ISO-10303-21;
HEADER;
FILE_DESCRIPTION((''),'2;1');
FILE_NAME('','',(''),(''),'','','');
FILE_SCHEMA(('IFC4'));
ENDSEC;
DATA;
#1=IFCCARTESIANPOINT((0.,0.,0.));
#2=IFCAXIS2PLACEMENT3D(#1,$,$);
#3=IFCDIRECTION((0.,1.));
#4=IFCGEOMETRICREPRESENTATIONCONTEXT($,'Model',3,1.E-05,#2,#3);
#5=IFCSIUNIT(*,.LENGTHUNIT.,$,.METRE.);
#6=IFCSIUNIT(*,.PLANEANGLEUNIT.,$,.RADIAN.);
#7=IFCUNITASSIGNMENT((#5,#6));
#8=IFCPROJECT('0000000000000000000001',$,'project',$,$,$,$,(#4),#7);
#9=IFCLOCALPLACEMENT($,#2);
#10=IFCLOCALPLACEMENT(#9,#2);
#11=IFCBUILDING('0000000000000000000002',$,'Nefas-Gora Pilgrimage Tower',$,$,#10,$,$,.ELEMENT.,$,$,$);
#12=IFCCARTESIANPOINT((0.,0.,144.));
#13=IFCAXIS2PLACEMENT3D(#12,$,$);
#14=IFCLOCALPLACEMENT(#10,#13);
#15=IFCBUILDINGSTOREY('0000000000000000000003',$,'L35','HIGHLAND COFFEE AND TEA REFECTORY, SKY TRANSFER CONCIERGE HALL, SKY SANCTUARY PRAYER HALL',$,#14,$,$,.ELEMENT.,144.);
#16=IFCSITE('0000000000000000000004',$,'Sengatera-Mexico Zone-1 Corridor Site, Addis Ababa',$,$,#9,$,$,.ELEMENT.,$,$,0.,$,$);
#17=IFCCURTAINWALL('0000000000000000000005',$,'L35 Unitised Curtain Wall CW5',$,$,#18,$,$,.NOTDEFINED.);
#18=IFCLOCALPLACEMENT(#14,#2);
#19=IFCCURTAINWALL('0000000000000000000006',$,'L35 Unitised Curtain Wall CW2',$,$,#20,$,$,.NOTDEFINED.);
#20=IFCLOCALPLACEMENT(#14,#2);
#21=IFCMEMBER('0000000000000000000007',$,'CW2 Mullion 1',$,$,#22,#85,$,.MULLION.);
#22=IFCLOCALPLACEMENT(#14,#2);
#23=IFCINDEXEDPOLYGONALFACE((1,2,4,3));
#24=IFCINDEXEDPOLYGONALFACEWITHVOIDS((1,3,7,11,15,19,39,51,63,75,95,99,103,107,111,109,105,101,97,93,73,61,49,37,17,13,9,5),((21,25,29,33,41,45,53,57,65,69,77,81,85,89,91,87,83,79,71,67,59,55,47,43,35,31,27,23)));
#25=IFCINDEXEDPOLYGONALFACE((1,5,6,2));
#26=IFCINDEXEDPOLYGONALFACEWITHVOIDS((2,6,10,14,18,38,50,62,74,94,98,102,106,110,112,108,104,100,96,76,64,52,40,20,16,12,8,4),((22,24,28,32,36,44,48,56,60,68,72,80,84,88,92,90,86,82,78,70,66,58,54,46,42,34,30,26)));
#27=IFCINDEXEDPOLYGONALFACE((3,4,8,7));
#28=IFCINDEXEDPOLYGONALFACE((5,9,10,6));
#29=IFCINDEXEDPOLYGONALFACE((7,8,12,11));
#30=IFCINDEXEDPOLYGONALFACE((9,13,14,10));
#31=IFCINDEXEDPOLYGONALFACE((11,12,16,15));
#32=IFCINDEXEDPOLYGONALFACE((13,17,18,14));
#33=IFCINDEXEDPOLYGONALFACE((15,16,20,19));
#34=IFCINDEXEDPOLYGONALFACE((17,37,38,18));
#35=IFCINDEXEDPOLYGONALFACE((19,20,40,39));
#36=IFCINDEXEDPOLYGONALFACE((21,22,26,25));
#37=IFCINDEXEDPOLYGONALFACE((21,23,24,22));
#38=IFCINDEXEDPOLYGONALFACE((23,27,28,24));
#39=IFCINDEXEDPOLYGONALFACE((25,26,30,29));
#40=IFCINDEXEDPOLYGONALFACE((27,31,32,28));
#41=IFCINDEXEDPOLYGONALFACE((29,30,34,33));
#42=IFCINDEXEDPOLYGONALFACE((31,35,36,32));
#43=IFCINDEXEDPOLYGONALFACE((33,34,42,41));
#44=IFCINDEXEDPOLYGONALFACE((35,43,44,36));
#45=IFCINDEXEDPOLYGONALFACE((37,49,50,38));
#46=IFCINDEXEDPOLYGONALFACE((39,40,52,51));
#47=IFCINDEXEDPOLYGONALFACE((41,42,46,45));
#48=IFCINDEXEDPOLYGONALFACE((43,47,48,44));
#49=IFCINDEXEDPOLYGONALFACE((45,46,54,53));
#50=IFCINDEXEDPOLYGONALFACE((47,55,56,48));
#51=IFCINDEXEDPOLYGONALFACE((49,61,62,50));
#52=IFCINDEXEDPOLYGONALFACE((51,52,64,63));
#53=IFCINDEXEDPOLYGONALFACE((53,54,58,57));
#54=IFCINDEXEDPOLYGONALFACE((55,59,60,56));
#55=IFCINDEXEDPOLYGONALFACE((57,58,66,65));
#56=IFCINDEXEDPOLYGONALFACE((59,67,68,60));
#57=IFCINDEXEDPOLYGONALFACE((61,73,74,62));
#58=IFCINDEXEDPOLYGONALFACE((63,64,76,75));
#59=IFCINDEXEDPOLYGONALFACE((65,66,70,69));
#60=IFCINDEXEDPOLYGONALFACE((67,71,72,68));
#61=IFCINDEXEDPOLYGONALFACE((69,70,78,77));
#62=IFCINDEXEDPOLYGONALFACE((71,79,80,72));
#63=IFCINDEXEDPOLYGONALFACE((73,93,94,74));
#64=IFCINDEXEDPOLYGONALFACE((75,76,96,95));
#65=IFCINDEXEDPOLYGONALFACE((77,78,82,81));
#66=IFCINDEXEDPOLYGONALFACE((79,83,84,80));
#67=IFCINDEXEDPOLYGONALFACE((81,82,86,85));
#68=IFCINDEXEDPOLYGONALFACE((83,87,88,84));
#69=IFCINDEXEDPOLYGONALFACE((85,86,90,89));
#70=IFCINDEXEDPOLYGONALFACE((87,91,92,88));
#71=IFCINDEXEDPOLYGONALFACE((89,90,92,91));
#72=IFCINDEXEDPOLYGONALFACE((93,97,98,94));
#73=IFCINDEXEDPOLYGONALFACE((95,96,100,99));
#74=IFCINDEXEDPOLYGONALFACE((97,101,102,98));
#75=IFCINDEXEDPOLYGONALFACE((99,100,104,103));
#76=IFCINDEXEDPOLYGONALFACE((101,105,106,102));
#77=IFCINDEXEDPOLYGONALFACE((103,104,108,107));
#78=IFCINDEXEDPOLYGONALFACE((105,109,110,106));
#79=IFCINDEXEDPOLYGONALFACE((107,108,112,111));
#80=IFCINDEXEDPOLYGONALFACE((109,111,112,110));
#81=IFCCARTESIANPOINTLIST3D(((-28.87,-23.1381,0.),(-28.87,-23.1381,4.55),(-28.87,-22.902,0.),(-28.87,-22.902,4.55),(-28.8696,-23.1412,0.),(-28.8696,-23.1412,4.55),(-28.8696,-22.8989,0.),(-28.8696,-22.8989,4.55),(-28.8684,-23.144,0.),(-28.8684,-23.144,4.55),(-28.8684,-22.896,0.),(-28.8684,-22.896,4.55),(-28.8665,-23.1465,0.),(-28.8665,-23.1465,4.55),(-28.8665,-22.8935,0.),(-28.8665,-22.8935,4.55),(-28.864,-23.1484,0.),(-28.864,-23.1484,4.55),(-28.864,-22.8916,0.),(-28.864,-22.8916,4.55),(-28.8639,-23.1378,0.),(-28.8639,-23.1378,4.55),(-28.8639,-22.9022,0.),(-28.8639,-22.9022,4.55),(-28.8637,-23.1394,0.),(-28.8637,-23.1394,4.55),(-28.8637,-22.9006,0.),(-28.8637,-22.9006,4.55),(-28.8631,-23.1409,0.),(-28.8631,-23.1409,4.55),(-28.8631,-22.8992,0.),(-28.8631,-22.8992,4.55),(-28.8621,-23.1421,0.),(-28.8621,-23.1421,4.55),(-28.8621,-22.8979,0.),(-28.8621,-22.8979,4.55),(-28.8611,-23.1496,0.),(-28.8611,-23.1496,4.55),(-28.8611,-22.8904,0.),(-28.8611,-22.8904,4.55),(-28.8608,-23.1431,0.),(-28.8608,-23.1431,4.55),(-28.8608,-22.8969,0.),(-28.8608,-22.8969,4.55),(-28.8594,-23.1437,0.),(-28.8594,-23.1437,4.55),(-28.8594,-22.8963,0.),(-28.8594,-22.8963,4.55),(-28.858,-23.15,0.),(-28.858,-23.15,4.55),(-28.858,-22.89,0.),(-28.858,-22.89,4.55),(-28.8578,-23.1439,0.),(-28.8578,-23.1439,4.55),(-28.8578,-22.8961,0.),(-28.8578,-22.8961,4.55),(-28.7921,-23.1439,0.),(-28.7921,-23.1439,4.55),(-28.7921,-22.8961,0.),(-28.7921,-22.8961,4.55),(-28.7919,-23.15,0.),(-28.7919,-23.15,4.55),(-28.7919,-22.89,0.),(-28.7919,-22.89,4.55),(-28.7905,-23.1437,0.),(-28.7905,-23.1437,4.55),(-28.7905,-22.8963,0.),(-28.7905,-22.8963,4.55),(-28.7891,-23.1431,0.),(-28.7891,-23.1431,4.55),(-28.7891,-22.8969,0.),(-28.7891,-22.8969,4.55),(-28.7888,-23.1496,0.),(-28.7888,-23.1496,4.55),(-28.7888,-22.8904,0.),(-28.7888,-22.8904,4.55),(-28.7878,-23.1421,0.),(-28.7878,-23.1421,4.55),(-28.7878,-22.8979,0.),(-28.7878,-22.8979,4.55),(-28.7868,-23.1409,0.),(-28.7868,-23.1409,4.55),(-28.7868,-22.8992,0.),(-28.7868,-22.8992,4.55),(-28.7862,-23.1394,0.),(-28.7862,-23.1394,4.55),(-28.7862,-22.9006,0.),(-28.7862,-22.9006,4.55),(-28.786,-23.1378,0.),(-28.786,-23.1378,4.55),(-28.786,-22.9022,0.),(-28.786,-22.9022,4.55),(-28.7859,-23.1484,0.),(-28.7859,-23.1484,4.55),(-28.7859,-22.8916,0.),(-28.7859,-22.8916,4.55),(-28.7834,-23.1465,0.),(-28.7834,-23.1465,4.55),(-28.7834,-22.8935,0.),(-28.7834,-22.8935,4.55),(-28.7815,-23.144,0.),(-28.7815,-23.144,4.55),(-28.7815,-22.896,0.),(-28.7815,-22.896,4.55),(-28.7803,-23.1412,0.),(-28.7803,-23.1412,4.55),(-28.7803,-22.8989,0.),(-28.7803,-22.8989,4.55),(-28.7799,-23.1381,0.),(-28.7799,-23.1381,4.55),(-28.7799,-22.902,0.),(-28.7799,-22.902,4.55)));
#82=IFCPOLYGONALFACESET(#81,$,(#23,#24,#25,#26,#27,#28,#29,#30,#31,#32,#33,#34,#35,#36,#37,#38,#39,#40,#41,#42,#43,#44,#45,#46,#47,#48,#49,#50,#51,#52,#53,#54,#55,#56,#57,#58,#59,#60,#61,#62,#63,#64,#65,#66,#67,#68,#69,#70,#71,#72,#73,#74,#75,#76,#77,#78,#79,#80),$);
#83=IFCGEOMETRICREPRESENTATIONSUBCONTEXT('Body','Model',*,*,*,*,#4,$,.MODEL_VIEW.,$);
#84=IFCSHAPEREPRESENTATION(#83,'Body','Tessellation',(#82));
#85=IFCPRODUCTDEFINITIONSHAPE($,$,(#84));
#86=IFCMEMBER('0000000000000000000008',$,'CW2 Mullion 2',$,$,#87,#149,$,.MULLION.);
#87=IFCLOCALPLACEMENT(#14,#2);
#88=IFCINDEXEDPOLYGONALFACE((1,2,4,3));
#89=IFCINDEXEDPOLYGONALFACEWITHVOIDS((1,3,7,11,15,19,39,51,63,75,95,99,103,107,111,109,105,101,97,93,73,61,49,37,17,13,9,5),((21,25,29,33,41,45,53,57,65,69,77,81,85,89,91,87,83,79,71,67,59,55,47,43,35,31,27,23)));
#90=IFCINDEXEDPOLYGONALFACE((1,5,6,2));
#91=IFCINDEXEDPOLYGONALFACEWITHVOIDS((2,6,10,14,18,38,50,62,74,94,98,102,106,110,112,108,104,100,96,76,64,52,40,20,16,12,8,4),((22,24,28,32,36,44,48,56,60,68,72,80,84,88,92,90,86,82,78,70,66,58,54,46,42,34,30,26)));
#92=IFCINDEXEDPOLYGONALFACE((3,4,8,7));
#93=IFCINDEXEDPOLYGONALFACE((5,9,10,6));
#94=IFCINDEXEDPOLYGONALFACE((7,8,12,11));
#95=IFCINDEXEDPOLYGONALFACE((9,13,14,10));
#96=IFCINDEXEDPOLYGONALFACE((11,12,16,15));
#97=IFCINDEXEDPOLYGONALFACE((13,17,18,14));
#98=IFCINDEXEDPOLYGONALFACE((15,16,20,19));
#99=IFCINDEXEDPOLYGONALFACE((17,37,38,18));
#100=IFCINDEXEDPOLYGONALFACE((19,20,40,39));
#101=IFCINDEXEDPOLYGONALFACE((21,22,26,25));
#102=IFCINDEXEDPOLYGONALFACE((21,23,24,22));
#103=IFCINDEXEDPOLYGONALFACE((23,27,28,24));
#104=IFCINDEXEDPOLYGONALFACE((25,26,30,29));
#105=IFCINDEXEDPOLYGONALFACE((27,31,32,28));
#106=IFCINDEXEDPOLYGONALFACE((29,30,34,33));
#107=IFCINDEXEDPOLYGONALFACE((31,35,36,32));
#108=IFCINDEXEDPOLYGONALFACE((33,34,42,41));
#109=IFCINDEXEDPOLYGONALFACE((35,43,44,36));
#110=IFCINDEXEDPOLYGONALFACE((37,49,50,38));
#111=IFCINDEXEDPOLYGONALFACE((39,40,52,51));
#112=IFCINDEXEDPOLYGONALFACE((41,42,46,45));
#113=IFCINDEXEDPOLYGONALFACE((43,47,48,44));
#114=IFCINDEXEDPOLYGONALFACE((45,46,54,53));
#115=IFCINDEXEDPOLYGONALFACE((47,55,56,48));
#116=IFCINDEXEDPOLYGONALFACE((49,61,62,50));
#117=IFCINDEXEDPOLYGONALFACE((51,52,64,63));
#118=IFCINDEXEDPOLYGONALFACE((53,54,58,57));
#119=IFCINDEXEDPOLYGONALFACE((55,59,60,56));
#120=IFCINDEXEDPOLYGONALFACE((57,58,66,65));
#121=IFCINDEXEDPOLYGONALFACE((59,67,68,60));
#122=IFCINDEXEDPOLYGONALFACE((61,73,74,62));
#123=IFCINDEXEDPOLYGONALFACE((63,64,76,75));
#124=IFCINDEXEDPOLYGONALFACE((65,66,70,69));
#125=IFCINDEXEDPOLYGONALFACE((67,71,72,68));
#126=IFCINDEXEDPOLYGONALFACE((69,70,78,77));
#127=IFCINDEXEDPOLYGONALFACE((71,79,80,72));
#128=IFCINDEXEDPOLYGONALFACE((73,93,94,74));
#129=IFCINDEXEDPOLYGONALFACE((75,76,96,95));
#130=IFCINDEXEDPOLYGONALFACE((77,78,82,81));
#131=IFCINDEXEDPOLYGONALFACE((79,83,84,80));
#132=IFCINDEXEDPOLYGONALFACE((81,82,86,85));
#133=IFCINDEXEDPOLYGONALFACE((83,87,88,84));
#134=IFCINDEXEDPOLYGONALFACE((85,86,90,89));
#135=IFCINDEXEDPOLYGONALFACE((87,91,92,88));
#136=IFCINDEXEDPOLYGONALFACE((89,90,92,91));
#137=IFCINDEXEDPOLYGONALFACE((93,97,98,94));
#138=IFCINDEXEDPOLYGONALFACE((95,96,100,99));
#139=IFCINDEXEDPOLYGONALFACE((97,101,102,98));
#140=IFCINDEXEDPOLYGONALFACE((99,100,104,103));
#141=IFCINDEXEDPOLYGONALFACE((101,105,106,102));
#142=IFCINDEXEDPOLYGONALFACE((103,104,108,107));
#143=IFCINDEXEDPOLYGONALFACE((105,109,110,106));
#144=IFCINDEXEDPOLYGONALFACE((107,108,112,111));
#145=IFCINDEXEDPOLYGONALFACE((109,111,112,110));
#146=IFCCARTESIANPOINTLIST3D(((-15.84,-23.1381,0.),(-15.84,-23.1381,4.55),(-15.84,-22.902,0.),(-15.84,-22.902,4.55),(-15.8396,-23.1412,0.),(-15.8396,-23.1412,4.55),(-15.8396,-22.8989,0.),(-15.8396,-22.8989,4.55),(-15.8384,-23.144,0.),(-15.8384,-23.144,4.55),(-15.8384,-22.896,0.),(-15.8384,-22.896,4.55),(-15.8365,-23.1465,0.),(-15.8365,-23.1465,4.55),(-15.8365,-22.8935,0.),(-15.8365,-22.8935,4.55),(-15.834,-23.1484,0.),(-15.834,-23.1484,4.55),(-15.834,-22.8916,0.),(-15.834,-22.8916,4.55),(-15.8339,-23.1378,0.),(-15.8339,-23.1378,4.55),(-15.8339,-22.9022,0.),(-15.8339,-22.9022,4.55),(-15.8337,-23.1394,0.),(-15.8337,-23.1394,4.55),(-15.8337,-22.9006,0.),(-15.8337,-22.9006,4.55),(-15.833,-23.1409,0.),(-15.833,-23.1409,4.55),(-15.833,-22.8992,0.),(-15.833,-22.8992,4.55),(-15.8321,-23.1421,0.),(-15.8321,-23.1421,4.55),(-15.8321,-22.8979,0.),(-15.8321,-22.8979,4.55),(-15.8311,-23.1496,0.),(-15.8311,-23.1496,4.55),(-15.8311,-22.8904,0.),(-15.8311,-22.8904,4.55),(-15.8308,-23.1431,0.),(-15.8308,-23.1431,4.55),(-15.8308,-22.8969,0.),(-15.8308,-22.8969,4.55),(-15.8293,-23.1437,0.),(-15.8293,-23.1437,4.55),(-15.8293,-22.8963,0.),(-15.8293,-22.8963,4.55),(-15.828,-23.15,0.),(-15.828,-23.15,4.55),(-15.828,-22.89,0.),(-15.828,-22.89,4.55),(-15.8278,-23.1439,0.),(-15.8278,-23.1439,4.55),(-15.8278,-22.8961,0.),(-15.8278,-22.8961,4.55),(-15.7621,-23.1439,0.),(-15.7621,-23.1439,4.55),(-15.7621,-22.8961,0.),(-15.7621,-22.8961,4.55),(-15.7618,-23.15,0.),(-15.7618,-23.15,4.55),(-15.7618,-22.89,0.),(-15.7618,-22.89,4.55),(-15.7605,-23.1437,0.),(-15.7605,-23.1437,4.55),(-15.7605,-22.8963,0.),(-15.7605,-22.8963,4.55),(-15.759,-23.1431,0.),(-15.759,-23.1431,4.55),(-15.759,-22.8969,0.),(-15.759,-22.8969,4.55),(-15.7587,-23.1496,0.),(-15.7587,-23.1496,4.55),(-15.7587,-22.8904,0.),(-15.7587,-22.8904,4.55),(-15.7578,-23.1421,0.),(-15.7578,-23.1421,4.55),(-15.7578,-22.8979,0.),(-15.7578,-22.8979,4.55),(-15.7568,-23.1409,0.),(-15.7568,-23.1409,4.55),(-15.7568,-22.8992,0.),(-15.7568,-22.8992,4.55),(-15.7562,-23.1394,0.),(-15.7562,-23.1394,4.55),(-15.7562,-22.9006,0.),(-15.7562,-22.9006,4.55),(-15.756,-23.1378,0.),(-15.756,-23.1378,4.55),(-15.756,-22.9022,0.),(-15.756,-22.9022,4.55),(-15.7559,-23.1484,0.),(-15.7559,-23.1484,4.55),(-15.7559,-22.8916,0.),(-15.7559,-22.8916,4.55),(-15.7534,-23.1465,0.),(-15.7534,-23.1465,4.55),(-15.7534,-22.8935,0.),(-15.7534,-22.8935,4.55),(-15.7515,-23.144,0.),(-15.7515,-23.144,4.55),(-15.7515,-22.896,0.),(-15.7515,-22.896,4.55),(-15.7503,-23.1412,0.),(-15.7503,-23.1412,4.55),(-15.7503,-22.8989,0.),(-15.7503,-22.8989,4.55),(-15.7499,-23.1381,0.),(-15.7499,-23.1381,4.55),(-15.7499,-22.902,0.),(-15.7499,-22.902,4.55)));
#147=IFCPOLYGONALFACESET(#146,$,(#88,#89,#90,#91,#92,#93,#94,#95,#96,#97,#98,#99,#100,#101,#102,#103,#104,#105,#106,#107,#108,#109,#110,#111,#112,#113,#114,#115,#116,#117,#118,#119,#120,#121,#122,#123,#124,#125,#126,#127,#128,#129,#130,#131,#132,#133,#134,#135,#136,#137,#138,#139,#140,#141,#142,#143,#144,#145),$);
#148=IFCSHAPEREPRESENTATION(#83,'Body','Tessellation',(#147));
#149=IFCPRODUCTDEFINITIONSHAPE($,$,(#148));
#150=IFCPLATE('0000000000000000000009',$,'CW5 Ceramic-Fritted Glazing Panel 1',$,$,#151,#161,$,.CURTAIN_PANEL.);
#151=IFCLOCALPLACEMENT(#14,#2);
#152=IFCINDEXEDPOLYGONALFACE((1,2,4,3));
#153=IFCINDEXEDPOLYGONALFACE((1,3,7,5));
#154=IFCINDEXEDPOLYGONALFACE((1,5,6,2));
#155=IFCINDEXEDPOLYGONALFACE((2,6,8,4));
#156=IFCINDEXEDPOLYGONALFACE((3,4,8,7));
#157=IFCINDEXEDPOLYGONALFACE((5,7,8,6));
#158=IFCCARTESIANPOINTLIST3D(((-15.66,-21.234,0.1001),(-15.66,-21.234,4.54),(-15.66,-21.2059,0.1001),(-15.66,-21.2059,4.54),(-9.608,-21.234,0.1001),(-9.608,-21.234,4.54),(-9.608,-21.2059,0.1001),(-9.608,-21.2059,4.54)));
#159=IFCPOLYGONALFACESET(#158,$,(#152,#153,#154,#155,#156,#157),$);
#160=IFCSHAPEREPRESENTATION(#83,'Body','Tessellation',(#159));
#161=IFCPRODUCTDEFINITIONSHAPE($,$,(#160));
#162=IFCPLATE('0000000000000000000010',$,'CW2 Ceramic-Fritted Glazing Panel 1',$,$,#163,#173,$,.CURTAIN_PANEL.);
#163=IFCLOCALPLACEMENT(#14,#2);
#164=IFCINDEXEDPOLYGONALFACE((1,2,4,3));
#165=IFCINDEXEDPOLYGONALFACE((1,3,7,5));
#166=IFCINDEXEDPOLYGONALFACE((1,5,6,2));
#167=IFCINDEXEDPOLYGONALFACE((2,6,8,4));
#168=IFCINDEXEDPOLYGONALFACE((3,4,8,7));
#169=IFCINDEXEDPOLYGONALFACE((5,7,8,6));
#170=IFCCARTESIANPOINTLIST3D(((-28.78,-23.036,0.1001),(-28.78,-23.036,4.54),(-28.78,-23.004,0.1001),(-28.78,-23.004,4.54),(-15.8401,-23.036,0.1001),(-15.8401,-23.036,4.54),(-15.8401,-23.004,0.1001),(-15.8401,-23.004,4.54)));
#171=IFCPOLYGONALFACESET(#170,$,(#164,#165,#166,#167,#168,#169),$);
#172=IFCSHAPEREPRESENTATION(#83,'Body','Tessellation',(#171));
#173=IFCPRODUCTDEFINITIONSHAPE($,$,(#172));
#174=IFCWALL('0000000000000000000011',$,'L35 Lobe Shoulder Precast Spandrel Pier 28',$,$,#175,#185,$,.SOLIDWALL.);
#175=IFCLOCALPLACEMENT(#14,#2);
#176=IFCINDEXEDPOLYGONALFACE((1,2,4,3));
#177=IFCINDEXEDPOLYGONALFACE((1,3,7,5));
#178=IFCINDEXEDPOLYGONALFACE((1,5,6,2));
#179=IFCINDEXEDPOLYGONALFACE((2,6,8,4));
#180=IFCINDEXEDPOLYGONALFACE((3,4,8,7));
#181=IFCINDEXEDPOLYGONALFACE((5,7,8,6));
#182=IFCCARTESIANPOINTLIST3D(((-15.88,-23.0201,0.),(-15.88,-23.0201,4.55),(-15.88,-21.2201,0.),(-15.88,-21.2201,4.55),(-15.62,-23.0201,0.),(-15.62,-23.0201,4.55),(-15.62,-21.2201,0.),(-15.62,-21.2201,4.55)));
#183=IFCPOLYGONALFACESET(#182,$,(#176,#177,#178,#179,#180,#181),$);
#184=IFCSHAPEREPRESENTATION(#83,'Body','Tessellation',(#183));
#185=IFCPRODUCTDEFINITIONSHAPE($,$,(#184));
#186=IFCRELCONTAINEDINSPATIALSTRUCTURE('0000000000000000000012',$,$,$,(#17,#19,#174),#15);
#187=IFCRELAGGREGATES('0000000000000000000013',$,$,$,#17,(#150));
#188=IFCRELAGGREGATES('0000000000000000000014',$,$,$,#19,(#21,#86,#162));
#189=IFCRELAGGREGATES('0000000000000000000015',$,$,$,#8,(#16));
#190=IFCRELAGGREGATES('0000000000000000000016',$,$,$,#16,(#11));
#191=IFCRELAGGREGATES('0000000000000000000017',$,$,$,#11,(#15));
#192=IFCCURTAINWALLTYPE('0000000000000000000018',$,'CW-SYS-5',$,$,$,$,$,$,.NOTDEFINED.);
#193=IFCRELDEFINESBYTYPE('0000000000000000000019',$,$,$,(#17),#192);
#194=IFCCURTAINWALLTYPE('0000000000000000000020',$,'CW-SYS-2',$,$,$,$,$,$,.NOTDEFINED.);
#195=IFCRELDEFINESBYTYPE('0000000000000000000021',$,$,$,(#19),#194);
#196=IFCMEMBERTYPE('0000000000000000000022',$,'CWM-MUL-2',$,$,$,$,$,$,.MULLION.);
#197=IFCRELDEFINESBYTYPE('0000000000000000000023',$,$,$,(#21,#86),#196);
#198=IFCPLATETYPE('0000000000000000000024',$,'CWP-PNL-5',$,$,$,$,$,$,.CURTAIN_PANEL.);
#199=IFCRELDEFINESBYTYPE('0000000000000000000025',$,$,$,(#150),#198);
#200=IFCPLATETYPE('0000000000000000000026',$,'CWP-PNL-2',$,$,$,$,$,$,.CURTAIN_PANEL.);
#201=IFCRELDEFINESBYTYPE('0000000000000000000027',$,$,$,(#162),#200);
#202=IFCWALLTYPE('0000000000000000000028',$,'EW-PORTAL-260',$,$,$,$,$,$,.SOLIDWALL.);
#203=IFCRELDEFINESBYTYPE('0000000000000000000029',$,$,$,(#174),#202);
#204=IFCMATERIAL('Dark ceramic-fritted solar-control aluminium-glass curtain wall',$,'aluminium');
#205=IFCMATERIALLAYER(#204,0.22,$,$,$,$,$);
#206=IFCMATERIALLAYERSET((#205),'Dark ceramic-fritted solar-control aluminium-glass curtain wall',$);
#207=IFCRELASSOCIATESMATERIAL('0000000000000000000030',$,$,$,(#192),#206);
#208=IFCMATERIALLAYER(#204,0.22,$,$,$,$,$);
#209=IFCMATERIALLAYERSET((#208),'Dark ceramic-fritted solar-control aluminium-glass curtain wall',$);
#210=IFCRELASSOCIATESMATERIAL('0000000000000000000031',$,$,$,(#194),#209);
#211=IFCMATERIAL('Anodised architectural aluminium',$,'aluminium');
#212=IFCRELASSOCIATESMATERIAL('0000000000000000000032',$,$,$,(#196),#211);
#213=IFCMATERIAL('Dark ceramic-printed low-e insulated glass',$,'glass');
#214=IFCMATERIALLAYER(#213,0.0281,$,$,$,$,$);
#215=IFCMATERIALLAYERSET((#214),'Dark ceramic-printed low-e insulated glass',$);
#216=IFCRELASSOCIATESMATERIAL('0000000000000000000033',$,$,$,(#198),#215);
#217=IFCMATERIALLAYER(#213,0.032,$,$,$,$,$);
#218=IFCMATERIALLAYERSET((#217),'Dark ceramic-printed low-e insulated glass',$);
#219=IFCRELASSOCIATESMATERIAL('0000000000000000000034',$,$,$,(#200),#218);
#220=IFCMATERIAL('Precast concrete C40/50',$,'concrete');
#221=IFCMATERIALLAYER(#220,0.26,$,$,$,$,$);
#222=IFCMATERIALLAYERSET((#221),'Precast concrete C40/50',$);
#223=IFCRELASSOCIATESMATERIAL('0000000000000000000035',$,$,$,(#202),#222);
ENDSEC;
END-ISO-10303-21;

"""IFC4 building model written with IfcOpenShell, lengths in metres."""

from ifc_helpers import new_model, si_unit, direction, frame, frame_2d, origin, origin_2d, place, context, subcontext, project, spatial, rectangle, hollow_rectangle, extrude, source, transform, mapped, material, layer, layer_set, material_profile, profile_set, type_object, element, aggregate, save


model = new_model("IFC4")

# Units and contexts
model_context = context("Model", 3, precision=1e-05, world=origin(), true_north=direction((0.0, 1.0)))
body_context = subcontext(model_context, "Body", "Model", "MODEL_VIEW")
ifc_project = project(units=[si_unit("LENGTHUNIT", "METRE"), si_unit("PLANEANGLEUNIT", "RADIAN")], contexts=[model_context])

# Site, building, storey
site_placement = place(None, origin())
site = spatial("IfcSite", under=ifc_project, at=site_placement, Name="Sengatera-Mexico Zone-1 Corridor Site, Addis Ababa", CompositionType="ELEMENT", RefElevation=0.0)
building_placement = place(site_placement, origin())
building = spatial("IfcBuilding", under=site, at=building_placement, Name="Nefas-Gora Pilgrimage Tower", CompositionType="ELEMENT")
storey_placement = place(building_placement, frame((0.0, 0.0, 144.0)))
storey = spatial("IfcBuildingStorey", under=building, at=storey_placement, Name="L35", Description="HIGHLAND COFFEE AND TEA REFECTORY, SKY TRANSFER CONCIERGE HALL, SKY SANCTUARY PRAYER HALL", CompositionType="ELEMENT", Elevation=144.0)

# Curtain walls
ifc_material_1 = material(Name="Dark ceramic-fritted solar-control aluminium-glass curtain wall", Category="aluminium")
ifc_layer_1 = layer(ifc_material_1, 0.22)
ifc_layer_set_1 = layer_set([ifc_layer_1], Name="Dark ceramic-fritted solar-control aluminium-glass curtain wall")
curtain_wall_type_1 = type_object("IfcCurtainWallType", Name="CW-SYS-5", PredefinedType="NOTDEFINED", material=ifc_layer_set_1)
curtain_wall_1_placement = place(storey_placement, origin())
curtain_wall_1 = element("IfcCurtainWall", 1, at=curtain_wall_1_placement, inside=storey, type_object=curtain_wall_type_1, Name="L35 Unitised Curtain Wall CW5", PredefinedType="NOTDEFINED")
ifc_material_2 = material(Name="Anodised architectural aluminium", Category="aluminium")
ifc_layer_2 = layer(ifc_material_1, 0.22)
ifc_layer_set_2 = layer_set([ifc_layer_2], Name="Dark ceramic-fritted solar-control aluminium-glass curtain wall")
curtain_wall_type_2 = type_object("IfcCurtainWallType", Name="CW-SYS-2", PredefinedType="NOTDEFINED", material=ifc_layer_set_2)
curtain_wall_2_placement = place(storey_placement, origin())
curtain_wall_2 = element("IfcCurtainWall", 2, at=curtain_wall_2_placement, inside=storey, type_object=curtain_wall_type_2, Name="L35 Unitised Curtain Wall CW2", PredefinedType="NOTDEFINED")

# Shared definitions
ifc_material_profile_1 = material_profile(ifc_material_2, hollow_rectangle(XDim=0.0901, YDim=0.26, WallThickness=0.0061, InnerFilletRadius=0.0061, OuterFilletRadius=0.012, at=origin_2d()), Name="ALU MULLION 90x260")
ifc_profile_set_1 = profile_set([ifc_material_profile_1], Name="Anodised architectural aluminium")
member_type_1 = type_object("IfcMemberType", Name="CWM-MUL-2", PredefinedType="MULLION", material=ifc_profile_set_1)
shared_shape_1 = source(origin(), body_context, "Body", "SweptSolid", [
    extrude(hollow_rectangle(XDim=0.0901, YDim=0.26, WallThickness=0.0061, InnerFilletRadius=0.0061, OuterFilletRadius=0.012, at=origin_2d()), origin(), (0.0, 0.0, 1.0), 4.55),
])

# Members
member_1_placement = place(storey_placement, frame((-28.825, -23.02, 0.0), z_axis=(0.0, 0.0, 1.0), x_axis=(1.0, 0.0, 0.0)))
member_1 = element("IfcMember", 3, at=member_1_placement, type_object=member_type_1, Name="CW2 Mullion 1", PredefinedType="MULLION", context=body_context, shape_type="MappedRepresentation", body=[
    mapped(shared_shape_1, transform((0.0, 0.0, 0.0), x_axis=(1.0, 0.0, 0.0), y_axis=(0.0, 1.0, 0.0), z_axis=(0.0, 0.0, 1.0), scale=1.0)),
])
member_2_placement = place(storey_placement, frame((-15.7949, -23.02, 0.0), z_axis=(0.0, 0.0, 1.0), x_axis=(1.0, 0.0, 0.0)))
member_2 = element("IfcMember", 4, at=member_2_placement, type_object=member_type_1, Name="CW2 Mullion 2", PredefinedType="MULLION", context=body_context, shape_type="MappedRepresentation", body=[
    mapped(shared_shape_1, transform((0.0, 0.0, 0.0), x_axis=(1.0, 0.0, 0.0), y_axis=(0.0, 1.0, 0.0), z_axis=(0.0, 0.0, 1.0), scale=1.0)),
])

# Plates
ifc_material_3 = material(Name="Dark ceramic-printed low-e insulated glass", Category="glass")
ifc_layer_3 = layer(ifc_material_3, 0.0281)
ifc_layer_set_3 = layer_set([ifc_layer_3], Name="Dark ceramic-printed low-e insulated glass")
plate_type_1 = type_object("IfcPlateType", Name="CWP-PNL-5", PredefinedType="CURTAIN_PANEL", material=ifc_layer_set_3)
shared_shape_2 = source(origin(), body_context, "Body", "SweptSolid", [
    extrude(rectangle(XDim=6.052, YDim=0.0281, at=origin_2d()), origin(), (0.0, 0.0, 1.0), 4.4399),
])
plate_1_placement = place(storey_placement, frame((-12.634, -21.22, 0.1001), z_axis=(0.0, 0.0, 1.0), x_axis=(1.0, 0.0, 0.0)))
plate_1 = element("IfcPlate", 5, at=plate_1_placement, type_object=plate_type_1, Name="CW5 Ceramic-Fritted Glazing Panel 1", PredefinedType="CURTAIN_PANEL", context=body_context, shape_type="MappedRepresentation", body=[
    mapped(shared_shape_2, transform((0.0, 0.0, 0.0), x_axis=(1.0, 0.0, 0.0), y_axis=(0.0, 1.0, 0.0), z_axis=(0.0, 0.0, 1.0), scale=1.0)),
])
aggregate(curtain_wall_1, [plate_1])
ifc_layer_4 = layer(ifc_material_3, 0.032)
ifc_layer_set_4 = layer_set([ifc_layer_4], Name="Dark ceramic-printed low-e insulated glass")
plate_type_2 = type_object("IfcPlateType", Name="CWP-PNL-2", PredefinedType="CURTAIN_PANEL", material=ifc_layer_set_4)
shared_shape_3 = source(origin(), body_context, "Body", "SweptSolid", [
    extrude(rectangle(XDim=12.9399, YDim=0.032, at=origin_2d()), origin(), (0.0, 0.0, 1.0), 4.4399),
])
plate_2_placement = place(storey_placement, frame((-22.3101, -23.02, 0.1001), z_axis=(0.0, 0.0, 1.0), x_axis=(1.0, 0.0, 0.0)))
plate_2 = element("IfcPlate", 6, at=plate_2_placement, type_object=plate_type_2, Name="CW2 Ceramic-Fritted Glazing Panel 1", PredefinedType="CURTAIN_PANEL", context=body_context, shape_type="MappedRepresentation", body=[
    mapped(shared_shape_3, transform((0.0, 0.0, 0.0), x_axis=(1.0, 0.0, 0.0), y_axis=(0.0, 1.0, 0.0), z_axis=(0.0, 0.0, 1.0), scale=1.0)),
])
aggregate(curtain_wall_2, [member_1, member_2, plate_2])

# Wall
ifc_material_4 = material(Name="Precast concrete C40/50", Category="concrete")
ifc_layer_5 = layer(ifc_material_4, 0.26)
ifc_layer_set_5 = layer_set([ifc_layer_5], Name="Precast concrete C40/50")
wall_type_1 = type_object("IfcWallType", Name="EW-PORTAL-260", PredefinedType="SOLIDWALL", material=ifc_layer_set_5)
shared_shape_4 = source(origin(), body_context, "Body", "SweptSolid", [
    extrude(rectangle(XDim=1.8, YDim=0.26, at=frame_2d((0.8999, 0.0))), origin(), (0.0, 0.0, 1.0), 4.55),
])
wall_1_placement = place(storey_placement, frame((-15.75, -23.02, 0.0), z_axis=(0.0, 0.0, 1.0), x_axis=(0.0, 1.0, 0.0)))
element("IfcWall", 7, at=wall_1_placement, inside=storey, type_object=wall_type_1, Name="L35 Lobe Shoulder Precast Spandrel Pier 28", PredefinedType="SOLIDWALL", context=body_context, shape_type="MappedRepresentation", body=[
    mapped(shared_shape_4, transform((0.0, 0.0, 0.0), x_axis=(1.0, 0.0, 0.0), y_axis=(0.0, 1.0, 0.0), z_axis=(0.0, 0.0, 1.0), scale=1.0)),
])

save(model, "model.ifc")
